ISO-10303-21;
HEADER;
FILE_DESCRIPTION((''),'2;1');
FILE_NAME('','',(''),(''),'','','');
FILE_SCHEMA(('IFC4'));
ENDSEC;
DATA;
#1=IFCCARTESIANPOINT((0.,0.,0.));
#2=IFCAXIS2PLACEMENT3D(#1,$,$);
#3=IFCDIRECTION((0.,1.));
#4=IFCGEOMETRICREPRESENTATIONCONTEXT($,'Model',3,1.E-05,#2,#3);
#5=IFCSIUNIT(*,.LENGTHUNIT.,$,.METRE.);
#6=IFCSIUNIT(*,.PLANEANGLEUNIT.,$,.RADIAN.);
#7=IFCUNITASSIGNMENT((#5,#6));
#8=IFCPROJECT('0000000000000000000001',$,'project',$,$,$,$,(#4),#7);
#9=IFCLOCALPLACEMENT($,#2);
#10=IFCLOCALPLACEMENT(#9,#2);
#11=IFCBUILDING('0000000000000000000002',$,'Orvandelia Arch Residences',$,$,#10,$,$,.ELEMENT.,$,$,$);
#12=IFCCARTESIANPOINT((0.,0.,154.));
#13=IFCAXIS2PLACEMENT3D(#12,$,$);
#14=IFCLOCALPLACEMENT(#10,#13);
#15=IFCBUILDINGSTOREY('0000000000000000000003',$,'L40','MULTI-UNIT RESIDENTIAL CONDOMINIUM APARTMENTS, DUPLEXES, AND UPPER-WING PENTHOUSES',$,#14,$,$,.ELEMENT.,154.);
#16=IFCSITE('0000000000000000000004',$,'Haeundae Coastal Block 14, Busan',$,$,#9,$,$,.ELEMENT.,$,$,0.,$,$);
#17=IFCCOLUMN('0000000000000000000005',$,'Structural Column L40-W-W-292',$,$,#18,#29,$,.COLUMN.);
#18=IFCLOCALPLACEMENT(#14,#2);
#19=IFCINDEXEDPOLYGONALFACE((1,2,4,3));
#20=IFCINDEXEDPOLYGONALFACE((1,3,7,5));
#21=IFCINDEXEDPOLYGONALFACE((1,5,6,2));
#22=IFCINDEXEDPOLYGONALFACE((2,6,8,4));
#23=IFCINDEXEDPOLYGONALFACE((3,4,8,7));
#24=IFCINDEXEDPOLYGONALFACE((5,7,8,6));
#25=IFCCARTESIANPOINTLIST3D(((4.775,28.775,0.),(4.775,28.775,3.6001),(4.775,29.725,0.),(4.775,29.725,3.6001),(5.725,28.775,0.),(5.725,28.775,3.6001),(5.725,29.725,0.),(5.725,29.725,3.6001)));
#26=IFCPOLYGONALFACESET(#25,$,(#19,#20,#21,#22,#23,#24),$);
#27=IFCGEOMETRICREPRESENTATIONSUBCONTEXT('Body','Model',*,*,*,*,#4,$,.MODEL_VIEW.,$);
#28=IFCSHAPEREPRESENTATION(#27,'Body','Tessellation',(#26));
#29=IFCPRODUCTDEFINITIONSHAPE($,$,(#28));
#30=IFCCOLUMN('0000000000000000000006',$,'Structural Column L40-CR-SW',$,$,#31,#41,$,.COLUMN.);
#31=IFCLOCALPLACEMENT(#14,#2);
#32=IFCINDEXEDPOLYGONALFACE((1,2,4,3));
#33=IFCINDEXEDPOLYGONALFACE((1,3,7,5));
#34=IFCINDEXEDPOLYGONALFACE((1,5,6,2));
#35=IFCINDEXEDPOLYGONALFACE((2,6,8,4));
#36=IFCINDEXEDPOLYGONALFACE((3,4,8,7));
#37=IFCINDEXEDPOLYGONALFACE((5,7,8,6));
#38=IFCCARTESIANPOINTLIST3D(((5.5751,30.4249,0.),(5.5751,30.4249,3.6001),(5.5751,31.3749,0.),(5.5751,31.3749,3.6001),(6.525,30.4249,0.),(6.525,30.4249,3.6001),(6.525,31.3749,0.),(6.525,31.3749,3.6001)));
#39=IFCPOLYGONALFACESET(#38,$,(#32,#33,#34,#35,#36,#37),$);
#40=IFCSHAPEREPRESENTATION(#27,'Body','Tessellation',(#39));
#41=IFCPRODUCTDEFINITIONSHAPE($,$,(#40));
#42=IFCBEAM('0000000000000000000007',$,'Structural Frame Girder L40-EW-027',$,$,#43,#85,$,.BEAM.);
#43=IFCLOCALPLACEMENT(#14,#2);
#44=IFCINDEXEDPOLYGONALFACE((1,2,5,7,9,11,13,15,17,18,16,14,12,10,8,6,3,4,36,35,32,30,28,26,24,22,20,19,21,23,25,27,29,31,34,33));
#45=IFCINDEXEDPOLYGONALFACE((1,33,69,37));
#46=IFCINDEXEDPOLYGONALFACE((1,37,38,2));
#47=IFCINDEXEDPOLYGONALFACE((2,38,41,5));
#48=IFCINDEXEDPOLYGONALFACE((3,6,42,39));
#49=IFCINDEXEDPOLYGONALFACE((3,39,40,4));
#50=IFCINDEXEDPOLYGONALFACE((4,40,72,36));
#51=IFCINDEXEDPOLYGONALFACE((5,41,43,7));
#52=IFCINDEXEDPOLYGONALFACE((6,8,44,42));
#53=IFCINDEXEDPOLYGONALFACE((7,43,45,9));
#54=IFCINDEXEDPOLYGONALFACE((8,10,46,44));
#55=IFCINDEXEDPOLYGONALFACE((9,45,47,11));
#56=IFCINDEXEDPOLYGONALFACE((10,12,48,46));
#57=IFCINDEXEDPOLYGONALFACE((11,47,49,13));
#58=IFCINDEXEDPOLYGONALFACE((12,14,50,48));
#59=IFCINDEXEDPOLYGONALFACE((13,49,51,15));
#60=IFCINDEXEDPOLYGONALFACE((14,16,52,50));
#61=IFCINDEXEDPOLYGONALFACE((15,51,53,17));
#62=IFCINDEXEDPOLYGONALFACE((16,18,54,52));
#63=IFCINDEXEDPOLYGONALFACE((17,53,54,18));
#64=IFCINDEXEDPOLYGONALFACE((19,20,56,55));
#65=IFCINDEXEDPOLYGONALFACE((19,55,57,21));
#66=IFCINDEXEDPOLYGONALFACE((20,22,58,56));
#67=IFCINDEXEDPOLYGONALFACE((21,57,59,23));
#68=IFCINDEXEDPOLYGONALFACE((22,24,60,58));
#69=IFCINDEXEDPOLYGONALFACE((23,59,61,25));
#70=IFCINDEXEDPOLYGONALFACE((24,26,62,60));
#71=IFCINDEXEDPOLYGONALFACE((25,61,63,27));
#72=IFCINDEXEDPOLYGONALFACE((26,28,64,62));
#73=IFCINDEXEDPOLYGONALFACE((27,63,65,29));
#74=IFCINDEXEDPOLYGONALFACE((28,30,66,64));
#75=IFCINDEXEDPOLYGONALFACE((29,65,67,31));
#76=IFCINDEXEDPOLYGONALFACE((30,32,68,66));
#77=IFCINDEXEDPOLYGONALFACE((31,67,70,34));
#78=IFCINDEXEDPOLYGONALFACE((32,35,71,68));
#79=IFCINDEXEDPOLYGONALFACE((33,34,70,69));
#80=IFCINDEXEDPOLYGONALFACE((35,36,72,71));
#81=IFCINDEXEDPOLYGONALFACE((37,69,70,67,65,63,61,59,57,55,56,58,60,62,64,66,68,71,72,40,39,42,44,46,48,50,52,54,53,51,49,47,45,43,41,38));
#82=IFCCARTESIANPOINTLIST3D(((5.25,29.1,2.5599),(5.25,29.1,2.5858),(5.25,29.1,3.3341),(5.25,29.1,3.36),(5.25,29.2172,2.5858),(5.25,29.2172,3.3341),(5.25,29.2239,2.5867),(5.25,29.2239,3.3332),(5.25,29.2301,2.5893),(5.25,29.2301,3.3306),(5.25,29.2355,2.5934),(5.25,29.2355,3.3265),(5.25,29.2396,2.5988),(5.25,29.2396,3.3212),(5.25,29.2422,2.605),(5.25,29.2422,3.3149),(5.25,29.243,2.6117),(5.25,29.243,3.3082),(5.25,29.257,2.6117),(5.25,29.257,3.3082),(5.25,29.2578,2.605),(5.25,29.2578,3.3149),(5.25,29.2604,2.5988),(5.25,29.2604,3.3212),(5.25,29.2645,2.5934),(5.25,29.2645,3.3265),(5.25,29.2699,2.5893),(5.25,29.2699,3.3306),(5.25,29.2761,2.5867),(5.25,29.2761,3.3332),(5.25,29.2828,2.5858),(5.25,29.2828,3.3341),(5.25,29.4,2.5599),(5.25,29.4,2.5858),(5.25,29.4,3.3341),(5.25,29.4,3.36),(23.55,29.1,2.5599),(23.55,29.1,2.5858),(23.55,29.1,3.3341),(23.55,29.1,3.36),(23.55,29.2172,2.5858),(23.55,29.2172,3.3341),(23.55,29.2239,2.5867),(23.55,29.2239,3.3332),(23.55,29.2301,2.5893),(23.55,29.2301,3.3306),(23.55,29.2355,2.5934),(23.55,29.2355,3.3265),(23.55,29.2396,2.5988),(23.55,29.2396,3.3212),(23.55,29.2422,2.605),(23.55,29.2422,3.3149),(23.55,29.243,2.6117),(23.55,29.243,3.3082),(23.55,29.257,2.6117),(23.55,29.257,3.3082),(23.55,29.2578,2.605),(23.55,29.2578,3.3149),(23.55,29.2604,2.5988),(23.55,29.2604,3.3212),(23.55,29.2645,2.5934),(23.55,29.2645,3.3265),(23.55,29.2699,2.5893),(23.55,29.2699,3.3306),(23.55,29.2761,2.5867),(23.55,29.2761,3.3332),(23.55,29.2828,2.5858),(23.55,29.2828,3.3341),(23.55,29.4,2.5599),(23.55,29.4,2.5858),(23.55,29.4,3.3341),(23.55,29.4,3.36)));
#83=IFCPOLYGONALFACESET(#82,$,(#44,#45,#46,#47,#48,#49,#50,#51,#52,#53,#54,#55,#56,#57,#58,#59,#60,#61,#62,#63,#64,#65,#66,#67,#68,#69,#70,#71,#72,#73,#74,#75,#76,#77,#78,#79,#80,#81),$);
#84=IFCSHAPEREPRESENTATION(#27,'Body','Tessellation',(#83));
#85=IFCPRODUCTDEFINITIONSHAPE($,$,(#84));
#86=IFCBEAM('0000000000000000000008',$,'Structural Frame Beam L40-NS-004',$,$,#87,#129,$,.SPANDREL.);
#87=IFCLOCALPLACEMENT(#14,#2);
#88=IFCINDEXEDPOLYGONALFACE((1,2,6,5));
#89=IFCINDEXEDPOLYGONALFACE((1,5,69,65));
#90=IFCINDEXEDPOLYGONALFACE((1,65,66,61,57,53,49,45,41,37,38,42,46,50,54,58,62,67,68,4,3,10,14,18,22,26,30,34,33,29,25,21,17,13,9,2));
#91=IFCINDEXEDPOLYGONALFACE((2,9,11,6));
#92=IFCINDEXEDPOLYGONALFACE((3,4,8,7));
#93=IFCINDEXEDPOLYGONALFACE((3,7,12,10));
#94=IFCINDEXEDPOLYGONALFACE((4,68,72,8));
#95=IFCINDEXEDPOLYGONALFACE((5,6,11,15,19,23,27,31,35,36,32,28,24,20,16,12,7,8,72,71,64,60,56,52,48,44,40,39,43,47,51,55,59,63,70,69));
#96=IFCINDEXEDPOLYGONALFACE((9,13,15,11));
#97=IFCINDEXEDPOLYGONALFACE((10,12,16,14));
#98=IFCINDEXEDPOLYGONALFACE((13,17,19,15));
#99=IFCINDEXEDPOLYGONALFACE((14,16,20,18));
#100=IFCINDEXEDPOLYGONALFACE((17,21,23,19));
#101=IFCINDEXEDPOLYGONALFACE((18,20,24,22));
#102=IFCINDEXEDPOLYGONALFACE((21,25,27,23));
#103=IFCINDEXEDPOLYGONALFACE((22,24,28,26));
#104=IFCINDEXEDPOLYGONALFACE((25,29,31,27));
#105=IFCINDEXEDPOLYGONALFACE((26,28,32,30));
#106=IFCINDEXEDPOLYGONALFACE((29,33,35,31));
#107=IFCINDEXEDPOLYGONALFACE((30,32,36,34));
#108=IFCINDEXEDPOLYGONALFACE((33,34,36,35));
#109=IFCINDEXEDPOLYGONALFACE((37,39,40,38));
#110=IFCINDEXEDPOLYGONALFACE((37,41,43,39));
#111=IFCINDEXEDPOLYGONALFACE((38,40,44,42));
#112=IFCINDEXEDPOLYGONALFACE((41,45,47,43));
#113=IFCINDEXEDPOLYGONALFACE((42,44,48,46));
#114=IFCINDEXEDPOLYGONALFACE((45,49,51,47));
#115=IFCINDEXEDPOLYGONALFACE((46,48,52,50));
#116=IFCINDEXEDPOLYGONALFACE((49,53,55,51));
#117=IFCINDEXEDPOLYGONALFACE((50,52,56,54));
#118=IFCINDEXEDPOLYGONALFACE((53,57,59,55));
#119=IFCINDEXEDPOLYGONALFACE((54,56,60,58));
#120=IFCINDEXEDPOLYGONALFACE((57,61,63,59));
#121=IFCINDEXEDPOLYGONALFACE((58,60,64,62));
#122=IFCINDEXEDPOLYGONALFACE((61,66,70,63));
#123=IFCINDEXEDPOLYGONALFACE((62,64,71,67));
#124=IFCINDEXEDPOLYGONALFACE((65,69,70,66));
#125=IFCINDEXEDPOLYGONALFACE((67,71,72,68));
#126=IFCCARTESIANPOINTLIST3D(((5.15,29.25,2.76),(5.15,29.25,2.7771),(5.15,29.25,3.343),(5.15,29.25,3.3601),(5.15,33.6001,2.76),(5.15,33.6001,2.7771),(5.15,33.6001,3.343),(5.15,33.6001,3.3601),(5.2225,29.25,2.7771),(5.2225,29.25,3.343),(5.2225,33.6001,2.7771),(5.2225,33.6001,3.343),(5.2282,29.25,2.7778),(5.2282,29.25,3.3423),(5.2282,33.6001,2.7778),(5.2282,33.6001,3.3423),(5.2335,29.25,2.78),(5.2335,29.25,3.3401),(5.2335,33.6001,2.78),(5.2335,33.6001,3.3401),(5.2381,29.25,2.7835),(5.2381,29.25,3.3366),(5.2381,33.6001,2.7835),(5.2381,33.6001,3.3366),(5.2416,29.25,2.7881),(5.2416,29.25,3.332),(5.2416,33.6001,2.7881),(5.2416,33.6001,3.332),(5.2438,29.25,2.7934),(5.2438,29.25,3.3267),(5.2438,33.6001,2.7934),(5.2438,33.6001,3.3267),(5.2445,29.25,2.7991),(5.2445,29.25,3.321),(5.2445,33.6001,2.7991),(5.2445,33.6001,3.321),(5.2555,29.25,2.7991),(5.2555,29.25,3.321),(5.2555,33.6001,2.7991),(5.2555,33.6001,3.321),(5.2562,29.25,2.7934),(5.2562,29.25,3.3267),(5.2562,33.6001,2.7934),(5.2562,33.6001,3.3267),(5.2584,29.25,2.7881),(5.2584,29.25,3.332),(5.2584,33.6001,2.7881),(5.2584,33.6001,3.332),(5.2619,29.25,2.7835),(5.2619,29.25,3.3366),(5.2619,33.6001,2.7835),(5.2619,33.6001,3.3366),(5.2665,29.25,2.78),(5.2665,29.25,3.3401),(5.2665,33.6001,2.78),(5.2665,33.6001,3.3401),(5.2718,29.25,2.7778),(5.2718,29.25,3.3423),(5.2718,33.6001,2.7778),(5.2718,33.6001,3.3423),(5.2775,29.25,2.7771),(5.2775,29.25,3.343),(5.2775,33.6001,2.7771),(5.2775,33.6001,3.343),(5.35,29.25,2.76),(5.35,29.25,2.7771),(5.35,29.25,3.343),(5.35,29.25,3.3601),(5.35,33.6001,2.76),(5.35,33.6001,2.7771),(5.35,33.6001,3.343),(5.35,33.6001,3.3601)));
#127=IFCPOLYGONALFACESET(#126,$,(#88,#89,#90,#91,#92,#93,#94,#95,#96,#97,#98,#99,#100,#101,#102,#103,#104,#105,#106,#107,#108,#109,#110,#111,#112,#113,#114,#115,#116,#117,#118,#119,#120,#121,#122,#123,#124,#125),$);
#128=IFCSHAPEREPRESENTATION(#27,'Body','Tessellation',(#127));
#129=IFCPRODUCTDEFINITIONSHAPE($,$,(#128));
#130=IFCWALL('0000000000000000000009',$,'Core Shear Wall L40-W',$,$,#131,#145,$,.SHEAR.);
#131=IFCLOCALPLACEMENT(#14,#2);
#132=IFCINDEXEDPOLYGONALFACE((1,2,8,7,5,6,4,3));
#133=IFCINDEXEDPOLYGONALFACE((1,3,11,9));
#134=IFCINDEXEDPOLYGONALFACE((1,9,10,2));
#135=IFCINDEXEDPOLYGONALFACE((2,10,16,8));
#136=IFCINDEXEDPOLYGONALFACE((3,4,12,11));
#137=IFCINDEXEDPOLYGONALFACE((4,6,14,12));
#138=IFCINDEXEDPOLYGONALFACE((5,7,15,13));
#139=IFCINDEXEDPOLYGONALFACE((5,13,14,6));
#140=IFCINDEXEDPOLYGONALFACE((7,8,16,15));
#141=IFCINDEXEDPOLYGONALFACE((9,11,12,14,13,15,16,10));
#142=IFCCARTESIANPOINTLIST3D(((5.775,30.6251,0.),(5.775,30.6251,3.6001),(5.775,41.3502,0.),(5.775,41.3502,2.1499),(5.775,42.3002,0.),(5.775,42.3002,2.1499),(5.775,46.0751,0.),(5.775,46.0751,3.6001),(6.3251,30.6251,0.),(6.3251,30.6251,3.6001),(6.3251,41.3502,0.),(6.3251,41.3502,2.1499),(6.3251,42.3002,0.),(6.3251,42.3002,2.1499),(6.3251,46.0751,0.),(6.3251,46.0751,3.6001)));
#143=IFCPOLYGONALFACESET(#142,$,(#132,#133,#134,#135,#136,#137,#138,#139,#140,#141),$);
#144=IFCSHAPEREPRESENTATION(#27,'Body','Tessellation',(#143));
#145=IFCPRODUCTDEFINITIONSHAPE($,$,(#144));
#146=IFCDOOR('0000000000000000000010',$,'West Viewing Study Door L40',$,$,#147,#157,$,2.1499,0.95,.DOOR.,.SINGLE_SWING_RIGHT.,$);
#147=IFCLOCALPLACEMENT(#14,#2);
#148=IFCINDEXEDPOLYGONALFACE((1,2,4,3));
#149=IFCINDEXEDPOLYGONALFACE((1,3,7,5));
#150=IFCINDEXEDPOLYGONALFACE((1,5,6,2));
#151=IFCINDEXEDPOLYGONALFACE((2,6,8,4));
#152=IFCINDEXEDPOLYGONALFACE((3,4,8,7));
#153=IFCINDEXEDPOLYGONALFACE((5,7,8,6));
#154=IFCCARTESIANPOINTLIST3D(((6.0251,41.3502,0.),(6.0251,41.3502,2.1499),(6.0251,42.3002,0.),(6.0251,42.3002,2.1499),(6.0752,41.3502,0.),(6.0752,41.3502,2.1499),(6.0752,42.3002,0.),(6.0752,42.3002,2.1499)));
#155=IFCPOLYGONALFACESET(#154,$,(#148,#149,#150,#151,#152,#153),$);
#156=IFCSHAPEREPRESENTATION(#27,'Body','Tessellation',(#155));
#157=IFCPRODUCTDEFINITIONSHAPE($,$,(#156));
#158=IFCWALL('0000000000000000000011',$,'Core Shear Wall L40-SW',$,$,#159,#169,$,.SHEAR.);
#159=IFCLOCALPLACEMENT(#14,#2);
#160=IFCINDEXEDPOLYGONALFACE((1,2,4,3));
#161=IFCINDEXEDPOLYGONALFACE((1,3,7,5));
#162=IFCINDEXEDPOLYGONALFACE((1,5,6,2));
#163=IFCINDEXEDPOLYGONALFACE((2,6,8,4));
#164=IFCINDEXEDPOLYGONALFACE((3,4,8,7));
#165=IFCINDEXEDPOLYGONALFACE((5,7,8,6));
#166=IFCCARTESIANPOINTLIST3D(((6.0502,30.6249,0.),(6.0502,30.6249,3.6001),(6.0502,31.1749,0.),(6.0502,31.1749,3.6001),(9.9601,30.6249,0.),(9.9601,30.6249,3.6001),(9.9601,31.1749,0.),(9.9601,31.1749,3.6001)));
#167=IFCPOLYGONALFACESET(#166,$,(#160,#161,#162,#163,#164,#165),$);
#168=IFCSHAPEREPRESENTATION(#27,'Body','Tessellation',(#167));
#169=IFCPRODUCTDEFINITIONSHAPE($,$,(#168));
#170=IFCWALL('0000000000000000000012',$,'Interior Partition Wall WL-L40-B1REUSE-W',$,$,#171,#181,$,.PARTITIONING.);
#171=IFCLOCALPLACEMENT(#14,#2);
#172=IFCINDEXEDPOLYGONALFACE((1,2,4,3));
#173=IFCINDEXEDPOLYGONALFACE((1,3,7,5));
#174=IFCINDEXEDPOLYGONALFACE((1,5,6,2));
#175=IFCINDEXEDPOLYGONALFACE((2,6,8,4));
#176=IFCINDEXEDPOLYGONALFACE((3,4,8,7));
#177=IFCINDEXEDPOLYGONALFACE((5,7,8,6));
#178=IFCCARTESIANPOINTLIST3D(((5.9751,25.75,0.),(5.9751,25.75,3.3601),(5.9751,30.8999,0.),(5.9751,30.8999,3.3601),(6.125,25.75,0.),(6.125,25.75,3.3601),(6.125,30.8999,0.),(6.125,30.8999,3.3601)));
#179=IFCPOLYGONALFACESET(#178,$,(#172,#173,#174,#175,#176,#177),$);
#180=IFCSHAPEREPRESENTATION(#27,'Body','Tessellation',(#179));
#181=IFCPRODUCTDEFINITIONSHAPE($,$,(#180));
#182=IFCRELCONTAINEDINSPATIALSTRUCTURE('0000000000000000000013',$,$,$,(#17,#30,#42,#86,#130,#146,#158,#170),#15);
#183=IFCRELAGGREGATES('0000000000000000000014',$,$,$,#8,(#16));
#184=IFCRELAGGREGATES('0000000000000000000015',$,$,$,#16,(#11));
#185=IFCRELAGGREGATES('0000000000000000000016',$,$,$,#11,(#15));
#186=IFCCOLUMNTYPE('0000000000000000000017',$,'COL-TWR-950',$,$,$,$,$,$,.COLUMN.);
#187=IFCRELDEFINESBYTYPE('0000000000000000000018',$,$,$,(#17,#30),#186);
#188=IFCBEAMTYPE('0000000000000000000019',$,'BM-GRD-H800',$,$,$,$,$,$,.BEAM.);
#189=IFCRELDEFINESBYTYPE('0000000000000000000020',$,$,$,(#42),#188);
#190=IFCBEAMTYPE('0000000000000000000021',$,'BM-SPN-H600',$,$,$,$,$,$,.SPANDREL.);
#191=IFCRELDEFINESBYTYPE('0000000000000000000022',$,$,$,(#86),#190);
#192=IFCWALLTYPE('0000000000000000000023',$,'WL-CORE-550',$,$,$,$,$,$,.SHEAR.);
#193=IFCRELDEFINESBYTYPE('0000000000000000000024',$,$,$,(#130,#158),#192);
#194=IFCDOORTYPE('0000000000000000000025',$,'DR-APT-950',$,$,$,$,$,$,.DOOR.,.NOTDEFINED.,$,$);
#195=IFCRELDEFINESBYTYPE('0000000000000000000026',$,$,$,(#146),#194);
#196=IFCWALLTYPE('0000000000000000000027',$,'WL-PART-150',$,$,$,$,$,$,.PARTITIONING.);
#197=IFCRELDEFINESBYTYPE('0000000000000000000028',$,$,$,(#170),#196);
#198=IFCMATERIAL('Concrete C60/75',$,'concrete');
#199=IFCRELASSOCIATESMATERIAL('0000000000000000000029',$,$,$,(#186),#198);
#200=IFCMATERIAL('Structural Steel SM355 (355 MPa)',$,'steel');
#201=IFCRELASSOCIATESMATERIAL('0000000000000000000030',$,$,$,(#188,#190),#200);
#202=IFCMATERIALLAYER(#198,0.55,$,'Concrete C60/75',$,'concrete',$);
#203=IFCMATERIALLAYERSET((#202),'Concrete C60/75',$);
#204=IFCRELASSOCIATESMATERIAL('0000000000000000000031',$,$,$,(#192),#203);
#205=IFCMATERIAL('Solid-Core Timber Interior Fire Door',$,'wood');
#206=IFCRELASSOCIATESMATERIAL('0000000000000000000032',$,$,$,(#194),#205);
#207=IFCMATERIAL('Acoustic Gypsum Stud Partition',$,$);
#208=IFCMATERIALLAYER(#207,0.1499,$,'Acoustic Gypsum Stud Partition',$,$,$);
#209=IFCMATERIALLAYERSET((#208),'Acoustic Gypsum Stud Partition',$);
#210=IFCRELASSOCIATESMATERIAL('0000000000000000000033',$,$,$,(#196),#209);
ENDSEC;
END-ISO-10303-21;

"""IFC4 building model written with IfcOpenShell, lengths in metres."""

from ifc_helpers import new_model, si_unit, direction, frame, frame_2d, origin, origin_2d, place, context, subcontext, project, spatial, rectangle, i_section, extrude, material, layer, layer_set, material_profile, profile_set, type_object, element, fill, save


model = new_model("IFC4")

# Units and contexts
model_context = context("Model", 3, precision=1e-05, world=origin(), true_north=direction((0.0, 1.0)))
body_context = subcontext(model_context, "Body", "Model", "MODEL_VIEW")
ifc_project = project(units=[si_unit("LENGTHUNIT", "METRE"), si_unit("PLANEANGLEUNIT", "RADIAN")], contexts=[model_context])

# Site, building, storey
site_placement = place(None, origin())
site = spatial("IfcSite", under=ifc_project, at=site_placement, Name="Haeundae Coastal Block 14, Busan", CompositionType="ELEMENT", RefElevation=0.0)
building_placement = place(site_placement, origin())
building = spatial("IfcBuilding", under=site, at=building_placement, Name="Orvandelia Arch Residences", CompositionType="ELEMENT")
storey_placement = place(building_placement, frame((0.0, 0.0, 154.0)))
storey = spatial("IfcBuildingStorey", under=building, at=storey_placement, Name="L40", Description="MULTI-UNIT RESIDENTIAL CONDOMINIUM APARTMENTS, DUPLEXES, AND UPPER-WING PENTHOUSES", CompositionType="ELEMENT", Elevation=154.0)

# Columns
ifc_material_1 = material(Name="Concrete C60/75", Category="concrete")
ifc_material_profile_1 = material_profile(ifc_material_1, rectangle(XDim=0.95, YDim=0.95, at=origin_2d()), Name="Concrete C60/75", Category="concrete")
ifc_profile_set_1 = profile_set([ifc_material_profile_1], Name="Concrete C60/75")
column_type = type_object("IfcColumnType", Name="COL-TWR-950", PredefinedType="COLUMN", material=ifc_profile_set_1)
for number, where, z_axis, x_axis, name in (
    (1, (5.25, 29.25, 0.0), (0.0, 0.0, 1.0), (1.0, 0.0, 0.0), "Structural Column L40-W-W-292"),
    (2, (6.05, 30.8999, 0.0), (0.0, 0.0, 1.0), (1.0, 0.0, 0.0), "Structural Column L40-CR-SW"),
):
    element("IfcColumn", number, at=place(storey_placement, frame(where, z_axis=z_axis, x_axis=x_axis)), inside=storey, type_object=column_type, Name=name, PredefinedType="COLUMN", context=body_context, shape_type="SweptSolid", body=[
        extrude(rectangle(XDim=0.95, YDim=0.95, at=origin_2d()), origin(), (0.0, 0.0, 1.0), 3.6001),
    ])

# Beams
ifc_material_2 = material(Name="Structural Steel SM355 (355 MPa)", Category="steel")
ifc_material_profile_2 = material_profile(ifc_material_2, i_section(OverallWidth=0.3, OverallDepth=0.8, WebThickness=0.0139, FlangeThickness=0.0259, FilletRadius=0.0259, at=origin_2d()), Name="Structural Steel SM355 (355 MPa)", Category="steel")
ifc_profile_set_2 = profile_set([ifc_material_profile_2], Name="Structural Steel SM355 (355 MPa)")
beam_type_1 = type_object("IfcBeamType", Name="BM-GRD-H800", PredefinedType="BEAM", material=ifc_profile_set_2)
beam_1_placement = place(storey_placement, frame((5.25, 29.25, 2.96), z_axis=(1.0, 0.0, 0.0), x_axis=(0.0, 1.0, 0.0)))
element("IfcBeam", 3, at=beam_1_placement, inside=storey, type_object=beam_type_1, Name="Structural Frame Girder L40-EW-027", PredefinedType="BEAM", context=body_context, shape_type="SweptSolid", body=[
    extrude(i_section(OverallWidth=0.3, OverallDepth=0.8, WebThickness=0.0139, FlangeThickness=0.0259, FilletRadius=0.0259, at=origin_2d()), origin(), (0.0, 0.0, 1.0), 18.3),
])
ifc_material_profile_3 = material_profile(ifc_material_2, i_section(OverallWidth=0.2, OverallDepth=0.6001, WebThickness=0.011, FlangeThickness=0.0171, FilletRadius=0.022, at=origin_2d()), Name="Structural Steel SM355 (355 MPa)", Category="steel")
ifc_profile_set_3 = profile_set([ifc_material_profile_3], Name="Structural Steel SM355 (355 MPa)")
beam_type_2 = type_object("IfcBeamType", Name="BM-SPN-H600", PredefinedType="SPANDREL", material=ifc_profile_set_3)
beam_2_placement = place(storey_placement, frame((5.25, 29.25, 3.0601), z_axis=(0.0, 1.0, 0.0), x_axis=(-1.0, 0.0, 0.0)))
element("IfcBeam", 4, at=beam_2_placement, inside=storey, type_object=beam_type_2, Name="Structural Frame Beam L40-NS-004", PredefinedType="SPANDREL", context=body_context, shape_type="SweptSolid", body=[
    extrude(i_section(OverallWidth=0.2, OverallDepth=0.6001, WebThickness=0.011, FlangeThickness=0.0171, FilletRadius=0.022, at=origin_2d()), origin(), (0.0, 0.0, 1.0), 4.3501),
])

# Wall, opening, door
ifc_layer_1 = layer(ifc_material_1, 0.55, Name="Concrete C60/75", Category="concrete")
ifc_layer_set_1 = layer_set([ifc_layer_1], Name="Concrete C60/75")
wall_type_1 = type_object("IfcWallType", Name="WL-CORE-550", PredefinedType="SHEAR", material=ifc_layer_set_1)
wall_1_placement = place(storey_placement, frame((6.05, 30.625, 0.0), z_axis=(0.0, 0.0, 1.0), x_axis=(0.0, 1.0, 0.0)))
wall_1 = element("IfcWall", 5, at=wall_1_placement, inside=storey, type_object=wall_type_1, Name="Core Shear Wall L40-W", PredefinedType="SHEAR", context=body_context, shape_type="SweptSolid", body=[
    extrude(rectangle(XDim=15.45, YDim=0.55, at=frame_2d((7.7251, 0.0))), origin(), (0.0, 0.0, 1.0), 3.6001),
])
opening_1_placement = place(wall_1_placement, frame((10.7251, 0.0, 0.0)))
opening_1 = element("IfcOpeningElement", 6, at=opening_1_placement, cuts=wall_1, PredefinedType="OPENING", context=body_context, shape_type="SweptSolid", body=[
    extrude(rectangle(XDim=0.95, YDim=2.1499, at=frame_2d((0.4751, 1.075))), frame((0.0, 0.2852, 0.0), z_axis=(0.0, -1.0, 0.0), x_axis=(1.0, 0.0, 0.0)), (0.0, 0.0, 1.0), 0.5701),
])
ifc_material_3 = material(Name="Solid-Core Timber Interior Fire Door", Category="wood")
door_type_1 = type_object("IfcDoorType", Name="DR-APT-950", OperationType="NOTDEFINED", PredefinedType="DOOR", material=ifc_material_3)
door_1_placement = place(opening_1_placement, origin())
door_1 = element("IfcDoor", 7, at=door_1_placement, inside=storey, type_object=door_type_1, Name="West Viewing Study Door L40", OperationType="SINGLE_SWING_RIGHT", OverallHeight=2.1499, OverallWidth=0.95, PredefinedType="DOOR", context=body_context, shape_type="SweptSolid", body=[
    extrude(rectangle(XDim=0.95, YDim=2.1499, at=frame_2d((0.4751, 1.075))), frame((0.0, 0.0249, 0.0), z_axis=(0.0, -1.0, 0.0), x_axis=(1.0, 0.0, 0.0)), (0.0, 0.0, 1.0), 0.05),
])
fill(opening_1, door_1)

# Walls
wall_2_placement = place(storey_placement, frame((6.05, 30.8999, 0.0), z_axis=(0.0, 0.0, 1.0), x_axis=(1.0, 0.0, 0.0)))
element("IfcWall", 8, at=wall_2_placement, inside=storey, type_object=wall_type_1, Name="Core Shear Wall L40-SW", PredefinedType="SHEAR", context=body_context, shape_type="SweptSolid", body=[
    extrude(rectangle(XDim=3.9099, YDim=0.55, at=frame_2d((1.9551, 0.0))), origin(), (0.0, 0.0, 1.0), 3.6001),
])
ifc_material_4 = material(Name="Acoustic Gypsum Stud Partition")
ifc_layer_2 = layer(ifc_material_4, 0.1499, Name="Acoustic Gypsum Stud Partition")
ifc_layer_set_2 = layer_set([ifc_layer_2], Name="Acoustic Gypsum Stud Partition")
wall_type_2 = type_object("IfcWallType", Name="WL-PART-150", PredefinedType="PARTITIONING", material=ifc_layer_set_2)
wall_3_placement = place(storey_placement, frame((6.05, 25.75, 0.0), z_axis=(0.0, 0.0, 1.0), x_axis=(0.0, 1.0, 0.0)))
element("IfcWall", 9, at=wall_3_placement, inside=storey, type_object=wall_type_2, Name="Interior Partition Wall WL-L40-B1REUSE-W", PredefinedType="PARTITIONING", context=body_context, shape_type="SweptSolid", body=[
    extrude(rectangle(XDim=5.1499, YDim=0.1499, at=frame_2d((2.575, 0.0))), origin(), (0.0, 0.0, 1.0), 3.3601),
])

save(model, "model.ifc")
